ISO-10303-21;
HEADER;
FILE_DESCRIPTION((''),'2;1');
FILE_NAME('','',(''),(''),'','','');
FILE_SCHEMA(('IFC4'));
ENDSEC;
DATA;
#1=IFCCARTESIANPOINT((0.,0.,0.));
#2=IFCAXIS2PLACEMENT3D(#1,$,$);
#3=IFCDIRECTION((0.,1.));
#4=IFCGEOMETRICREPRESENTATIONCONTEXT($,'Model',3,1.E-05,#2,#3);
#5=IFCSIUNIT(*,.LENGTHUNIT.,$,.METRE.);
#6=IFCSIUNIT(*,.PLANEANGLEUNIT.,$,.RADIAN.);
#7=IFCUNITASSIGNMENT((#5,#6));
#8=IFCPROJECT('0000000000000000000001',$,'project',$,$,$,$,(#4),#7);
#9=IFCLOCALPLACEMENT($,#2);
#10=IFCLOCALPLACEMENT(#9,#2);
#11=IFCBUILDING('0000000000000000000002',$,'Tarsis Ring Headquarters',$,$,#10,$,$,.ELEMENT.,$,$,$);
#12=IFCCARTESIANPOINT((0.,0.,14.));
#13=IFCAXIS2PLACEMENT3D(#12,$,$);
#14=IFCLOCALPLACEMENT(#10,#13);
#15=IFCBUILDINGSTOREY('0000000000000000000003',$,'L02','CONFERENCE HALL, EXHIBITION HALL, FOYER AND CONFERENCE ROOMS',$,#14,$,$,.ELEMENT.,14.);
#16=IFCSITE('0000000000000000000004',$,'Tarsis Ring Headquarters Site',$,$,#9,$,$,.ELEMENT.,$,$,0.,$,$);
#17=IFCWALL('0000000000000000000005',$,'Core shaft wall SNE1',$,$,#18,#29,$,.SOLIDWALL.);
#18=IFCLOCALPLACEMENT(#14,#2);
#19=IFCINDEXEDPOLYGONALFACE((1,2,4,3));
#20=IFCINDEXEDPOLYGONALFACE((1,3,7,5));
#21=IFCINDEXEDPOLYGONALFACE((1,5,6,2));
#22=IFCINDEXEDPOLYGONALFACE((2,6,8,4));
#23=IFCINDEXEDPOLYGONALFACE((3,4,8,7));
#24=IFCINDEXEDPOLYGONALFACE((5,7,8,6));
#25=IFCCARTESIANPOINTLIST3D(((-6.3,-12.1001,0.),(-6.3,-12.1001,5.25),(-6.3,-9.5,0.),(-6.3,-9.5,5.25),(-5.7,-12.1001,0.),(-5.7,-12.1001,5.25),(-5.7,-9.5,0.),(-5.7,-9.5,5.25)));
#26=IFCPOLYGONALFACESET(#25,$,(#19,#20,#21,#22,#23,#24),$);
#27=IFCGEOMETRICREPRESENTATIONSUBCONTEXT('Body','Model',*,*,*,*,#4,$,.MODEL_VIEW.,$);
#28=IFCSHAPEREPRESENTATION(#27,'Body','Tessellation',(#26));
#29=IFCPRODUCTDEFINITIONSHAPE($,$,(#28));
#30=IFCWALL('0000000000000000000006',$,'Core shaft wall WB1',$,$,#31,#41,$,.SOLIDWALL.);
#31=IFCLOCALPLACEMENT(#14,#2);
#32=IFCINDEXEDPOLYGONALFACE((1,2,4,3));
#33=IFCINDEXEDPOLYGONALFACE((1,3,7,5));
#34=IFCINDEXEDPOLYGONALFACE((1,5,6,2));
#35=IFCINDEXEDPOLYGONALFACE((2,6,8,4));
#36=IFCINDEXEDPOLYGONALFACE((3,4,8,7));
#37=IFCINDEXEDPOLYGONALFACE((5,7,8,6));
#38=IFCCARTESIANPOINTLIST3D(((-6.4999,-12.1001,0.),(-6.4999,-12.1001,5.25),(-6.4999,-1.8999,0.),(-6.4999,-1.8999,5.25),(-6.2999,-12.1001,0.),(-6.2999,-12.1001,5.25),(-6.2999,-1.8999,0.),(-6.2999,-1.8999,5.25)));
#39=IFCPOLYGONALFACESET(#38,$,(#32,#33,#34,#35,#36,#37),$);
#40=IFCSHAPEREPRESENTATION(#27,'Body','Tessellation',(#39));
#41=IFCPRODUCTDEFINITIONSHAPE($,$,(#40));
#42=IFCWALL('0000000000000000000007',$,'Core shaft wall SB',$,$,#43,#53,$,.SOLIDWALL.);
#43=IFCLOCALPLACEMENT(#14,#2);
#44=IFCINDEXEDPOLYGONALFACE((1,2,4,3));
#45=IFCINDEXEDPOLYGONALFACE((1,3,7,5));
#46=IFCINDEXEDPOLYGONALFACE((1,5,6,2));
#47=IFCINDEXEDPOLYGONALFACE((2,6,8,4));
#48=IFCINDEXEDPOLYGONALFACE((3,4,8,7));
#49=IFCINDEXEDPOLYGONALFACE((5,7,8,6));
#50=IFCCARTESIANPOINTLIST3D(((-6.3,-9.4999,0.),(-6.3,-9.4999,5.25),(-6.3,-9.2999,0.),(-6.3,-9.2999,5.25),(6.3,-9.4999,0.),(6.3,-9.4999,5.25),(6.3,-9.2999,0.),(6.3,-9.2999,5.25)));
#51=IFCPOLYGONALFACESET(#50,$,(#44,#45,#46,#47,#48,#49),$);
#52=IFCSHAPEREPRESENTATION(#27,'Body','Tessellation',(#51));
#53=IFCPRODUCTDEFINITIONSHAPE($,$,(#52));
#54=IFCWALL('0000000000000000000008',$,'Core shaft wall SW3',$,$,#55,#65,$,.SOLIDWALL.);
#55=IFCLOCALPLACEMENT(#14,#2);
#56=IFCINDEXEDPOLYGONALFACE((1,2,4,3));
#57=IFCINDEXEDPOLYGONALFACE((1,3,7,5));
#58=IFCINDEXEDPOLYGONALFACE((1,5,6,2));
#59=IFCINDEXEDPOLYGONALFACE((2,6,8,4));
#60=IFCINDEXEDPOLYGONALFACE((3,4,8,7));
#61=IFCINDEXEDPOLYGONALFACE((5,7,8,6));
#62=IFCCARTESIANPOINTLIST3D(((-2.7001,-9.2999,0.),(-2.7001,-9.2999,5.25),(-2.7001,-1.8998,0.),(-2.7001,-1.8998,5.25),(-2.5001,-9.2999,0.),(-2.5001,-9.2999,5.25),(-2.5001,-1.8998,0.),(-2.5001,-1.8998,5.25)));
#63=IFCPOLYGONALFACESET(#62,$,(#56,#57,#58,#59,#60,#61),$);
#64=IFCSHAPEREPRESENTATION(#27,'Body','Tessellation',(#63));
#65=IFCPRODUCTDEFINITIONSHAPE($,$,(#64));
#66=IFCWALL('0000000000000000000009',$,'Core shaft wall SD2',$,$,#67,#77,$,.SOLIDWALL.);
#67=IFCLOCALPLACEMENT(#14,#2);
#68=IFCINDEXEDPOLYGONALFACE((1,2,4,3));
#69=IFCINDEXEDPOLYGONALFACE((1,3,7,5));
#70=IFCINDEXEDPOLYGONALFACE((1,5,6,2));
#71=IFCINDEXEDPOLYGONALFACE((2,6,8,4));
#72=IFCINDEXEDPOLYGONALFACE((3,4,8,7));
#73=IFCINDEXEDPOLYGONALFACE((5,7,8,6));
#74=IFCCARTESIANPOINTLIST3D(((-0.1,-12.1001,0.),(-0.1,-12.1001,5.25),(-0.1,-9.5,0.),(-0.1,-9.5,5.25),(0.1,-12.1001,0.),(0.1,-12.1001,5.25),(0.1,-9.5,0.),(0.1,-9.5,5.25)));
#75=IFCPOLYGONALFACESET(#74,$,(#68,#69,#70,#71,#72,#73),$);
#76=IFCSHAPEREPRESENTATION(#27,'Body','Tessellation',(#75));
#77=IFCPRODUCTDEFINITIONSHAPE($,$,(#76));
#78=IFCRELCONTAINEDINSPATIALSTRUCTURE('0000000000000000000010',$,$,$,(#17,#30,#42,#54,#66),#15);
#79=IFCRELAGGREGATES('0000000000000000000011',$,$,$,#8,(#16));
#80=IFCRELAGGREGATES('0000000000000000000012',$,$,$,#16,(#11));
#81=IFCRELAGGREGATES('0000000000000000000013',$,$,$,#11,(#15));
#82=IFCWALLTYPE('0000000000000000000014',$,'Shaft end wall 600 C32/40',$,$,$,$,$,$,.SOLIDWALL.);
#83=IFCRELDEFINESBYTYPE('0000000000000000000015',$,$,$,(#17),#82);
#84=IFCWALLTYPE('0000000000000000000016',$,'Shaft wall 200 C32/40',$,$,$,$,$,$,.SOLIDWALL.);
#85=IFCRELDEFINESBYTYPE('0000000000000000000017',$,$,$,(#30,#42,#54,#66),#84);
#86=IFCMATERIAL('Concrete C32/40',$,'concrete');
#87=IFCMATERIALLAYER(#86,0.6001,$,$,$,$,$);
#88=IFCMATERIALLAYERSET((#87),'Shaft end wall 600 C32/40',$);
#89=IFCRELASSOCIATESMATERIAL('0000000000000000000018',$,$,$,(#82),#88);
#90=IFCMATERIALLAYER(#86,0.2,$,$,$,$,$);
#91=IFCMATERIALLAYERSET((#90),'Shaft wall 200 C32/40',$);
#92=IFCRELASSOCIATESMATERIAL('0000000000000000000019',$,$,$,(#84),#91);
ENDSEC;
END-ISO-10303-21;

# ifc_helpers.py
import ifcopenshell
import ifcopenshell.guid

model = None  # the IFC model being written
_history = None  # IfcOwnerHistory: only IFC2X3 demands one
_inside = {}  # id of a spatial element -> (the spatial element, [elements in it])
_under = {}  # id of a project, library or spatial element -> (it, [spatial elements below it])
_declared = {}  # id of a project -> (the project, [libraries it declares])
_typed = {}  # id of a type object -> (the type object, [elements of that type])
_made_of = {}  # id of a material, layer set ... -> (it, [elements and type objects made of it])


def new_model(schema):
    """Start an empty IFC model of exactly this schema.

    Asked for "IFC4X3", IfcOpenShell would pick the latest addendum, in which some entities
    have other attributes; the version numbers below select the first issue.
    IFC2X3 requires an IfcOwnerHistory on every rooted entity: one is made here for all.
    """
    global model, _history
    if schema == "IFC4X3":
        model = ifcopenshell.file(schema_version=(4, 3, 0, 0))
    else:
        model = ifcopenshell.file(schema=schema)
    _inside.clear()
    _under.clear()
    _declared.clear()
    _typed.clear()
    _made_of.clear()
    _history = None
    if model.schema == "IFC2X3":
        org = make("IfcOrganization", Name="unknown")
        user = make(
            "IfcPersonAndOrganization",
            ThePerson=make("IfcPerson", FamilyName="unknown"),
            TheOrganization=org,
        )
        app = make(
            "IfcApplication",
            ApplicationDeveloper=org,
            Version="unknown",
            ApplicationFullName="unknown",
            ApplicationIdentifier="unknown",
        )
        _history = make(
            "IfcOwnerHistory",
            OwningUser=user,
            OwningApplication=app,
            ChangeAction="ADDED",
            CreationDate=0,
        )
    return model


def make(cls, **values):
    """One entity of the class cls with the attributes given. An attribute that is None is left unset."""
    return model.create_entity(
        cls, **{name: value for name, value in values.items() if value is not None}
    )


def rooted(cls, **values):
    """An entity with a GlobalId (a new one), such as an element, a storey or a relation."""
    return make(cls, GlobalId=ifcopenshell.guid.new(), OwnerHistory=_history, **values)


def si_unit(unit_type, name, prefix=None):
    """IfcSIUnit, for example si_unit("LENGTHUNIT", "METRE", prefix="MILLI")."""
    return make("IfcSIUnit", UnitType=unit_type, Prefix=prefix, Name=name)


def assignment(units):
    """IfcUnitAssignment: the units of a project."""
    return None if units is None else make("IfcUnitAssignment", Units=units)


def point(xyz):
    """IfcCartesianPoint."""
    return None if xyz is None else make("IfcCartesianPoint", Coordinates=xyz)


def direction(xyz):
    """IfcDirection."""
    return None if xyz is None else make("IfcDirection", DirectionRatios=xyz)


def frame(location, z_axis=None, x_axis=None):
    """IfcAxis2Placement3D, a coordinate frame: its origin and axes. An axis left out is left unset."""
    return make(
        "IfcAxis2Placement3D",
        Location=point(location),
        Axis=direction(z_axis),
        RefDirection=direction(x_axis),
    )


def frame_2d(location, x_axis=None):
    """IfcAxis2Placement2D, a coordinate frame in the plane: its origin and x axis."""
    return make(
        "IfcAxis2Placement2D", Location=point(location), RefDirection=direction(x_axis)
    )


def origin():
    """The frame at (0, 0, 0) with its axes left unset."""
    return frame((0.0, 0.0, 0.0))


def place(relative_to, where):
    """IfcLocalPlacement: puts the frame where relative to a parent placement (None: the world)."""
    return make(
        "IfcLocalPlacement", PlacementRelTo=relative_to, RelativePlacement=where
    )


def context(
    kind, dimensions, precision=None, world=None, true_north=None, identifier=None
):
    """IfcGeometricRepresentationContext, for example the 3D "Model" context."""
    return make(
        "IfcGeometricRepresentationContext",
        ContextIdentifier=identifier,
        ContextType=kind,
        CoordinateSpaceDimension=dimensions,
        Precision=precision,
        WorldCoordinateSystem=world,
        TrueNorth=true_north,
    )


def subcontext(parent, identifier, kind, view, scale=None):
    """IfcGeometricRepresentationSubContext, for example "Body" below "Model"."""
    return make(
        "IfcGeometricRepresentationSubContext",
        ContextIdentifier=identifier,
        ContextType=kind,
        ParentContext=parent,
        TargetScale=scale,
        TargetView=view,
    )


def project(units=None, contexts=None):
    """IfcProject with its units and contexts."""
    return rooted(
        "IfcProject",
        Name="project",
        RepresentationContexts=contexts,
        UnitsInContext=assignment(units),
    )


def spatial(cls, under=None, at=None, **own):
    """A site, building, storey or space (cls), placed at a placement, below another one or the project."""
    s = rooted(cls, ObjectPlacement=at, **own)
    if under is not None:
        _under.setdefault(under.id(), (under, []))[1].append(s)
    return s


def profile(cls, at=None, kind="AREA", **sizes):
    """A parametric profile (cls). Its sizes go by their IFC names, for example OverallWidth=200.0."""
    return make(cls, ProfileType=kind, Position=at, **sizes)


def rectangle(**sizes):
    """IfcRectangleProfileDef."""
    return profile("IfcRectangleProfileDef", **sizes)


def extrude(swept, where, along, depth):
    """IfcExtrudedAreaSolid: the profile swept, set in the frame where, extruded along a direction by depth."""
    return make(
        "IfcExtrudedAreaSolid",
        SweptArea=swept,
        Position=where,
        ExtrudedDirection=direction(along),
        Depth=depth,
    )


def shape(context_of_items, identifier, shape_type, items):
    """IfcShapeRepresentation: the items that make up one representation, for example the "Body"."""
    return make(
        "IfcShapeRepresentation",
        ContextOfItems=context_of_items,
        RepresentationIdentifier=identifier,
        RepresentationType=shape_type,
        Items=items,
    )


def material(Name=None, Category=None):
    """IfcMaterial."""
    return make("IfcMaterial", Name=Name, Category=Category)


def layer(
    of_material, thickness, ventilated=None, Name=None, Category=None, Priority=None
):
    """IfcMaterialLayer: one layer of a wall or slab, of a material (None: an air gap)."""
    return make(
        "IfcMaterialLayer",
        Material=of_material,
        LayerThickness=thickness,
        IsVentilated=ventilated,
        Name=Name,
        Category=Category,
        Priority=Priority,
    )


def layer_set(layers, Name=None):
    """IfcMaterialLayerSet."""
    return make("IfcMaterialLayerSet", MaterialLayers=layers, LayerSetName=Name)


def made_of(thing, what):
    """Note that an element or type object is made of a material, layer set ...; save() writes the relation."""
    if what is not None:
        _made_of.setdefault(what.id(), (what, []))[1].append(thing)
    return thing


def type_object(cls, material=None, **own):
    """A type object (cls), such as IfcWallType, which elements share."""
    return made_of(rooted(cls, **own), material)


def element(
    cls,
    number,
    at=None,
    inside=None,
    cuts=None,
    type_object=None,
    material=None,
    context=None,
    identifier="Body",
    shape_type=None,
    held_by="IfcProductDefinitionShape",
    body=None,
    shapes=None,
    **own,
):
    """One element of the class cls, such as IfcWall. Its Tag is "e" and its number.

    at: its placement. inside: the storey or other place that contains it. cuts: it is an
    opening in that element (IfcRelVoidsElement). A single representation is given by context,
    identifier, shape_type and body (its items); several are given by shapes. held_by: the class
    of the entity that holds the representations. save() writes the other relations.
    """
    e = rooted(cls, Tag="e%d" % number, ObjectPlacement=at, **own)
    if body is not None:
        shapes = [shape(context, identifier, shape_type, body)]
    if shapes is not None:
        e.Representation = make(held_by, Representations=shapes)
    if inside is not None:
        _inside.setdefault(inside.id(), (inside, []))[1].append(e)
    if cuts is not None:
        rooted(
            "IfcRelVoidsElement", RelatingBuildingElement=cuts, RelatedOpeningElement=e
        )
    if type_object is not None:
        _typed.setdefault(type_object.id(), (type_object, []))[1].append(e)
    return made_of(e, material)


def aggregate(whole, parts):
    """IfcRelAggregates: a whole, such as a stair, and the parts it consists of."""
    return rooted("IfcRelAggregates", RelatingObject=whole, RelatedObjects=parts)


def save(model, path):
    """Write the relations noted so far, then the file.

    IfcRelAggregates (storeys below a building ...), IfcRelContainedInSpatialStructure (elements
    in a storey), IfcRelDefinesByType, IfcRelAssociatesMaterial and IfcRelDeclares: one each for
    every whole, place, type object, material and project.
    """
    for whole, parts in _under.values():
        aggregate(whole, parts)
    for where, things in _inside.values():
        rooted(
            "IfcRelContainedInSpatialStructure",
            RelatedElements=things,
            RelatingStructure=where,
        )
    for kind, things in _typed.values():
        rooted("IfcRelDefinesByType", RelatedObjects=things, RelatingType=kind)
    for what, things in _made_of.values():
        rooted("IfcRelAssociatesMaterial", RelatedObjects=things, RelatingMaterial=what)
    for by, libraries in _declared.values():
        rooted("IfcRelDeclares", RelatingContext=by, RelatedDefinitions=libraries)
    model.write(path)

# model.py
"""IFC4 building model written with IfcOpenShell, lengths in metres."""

from ifc_helpers import new_model, si_unit, direction, frame, frame_2d, origin, place, context, subcontext, project, spatial, rectangle, extrude, material, layer, layer_set, type_object, element, save


model = new_model("IFC4")

# Units and contexts
model_context = context("Model", 3, precision=1e-05, world=origin(), true_north=direction((0.0, 1.0)))
body_context = subcontext(model_context, "Body", "Model", "MODEL_VIEW")
ifc_project = project(units=[si_unit("LENGTHUNIT", "METRE"), si_unit("PLANEANGLEUNIT", "RADIAN")], contexts=[model_context])

# Site, building, storey
site_placement = place(None, origin())
site = spatial("IfcSite", under=ifc_project, at=site_placement, Name="Tarsis Ring Headquarters Site", CompositionType="ELEMENT", RefElevation=0.0)
building_placement = place(site_placement, origin())
building = spatial("IfcBuilding", under=site, at=building_placement, Name="Tarsis Ring Headquarters", CompositionType="ELEMENT")
storey_placement = place(building_placement, frame((0.0, 0.0, 14.0)))
storey = spatial("IfcBuildingStorey", under=building, at=storey_placement, Name="L02", Description="CONFERENCE HALL, EXHIBITION HALL, FOYER AND CONFERENCE ROOMS", CompositionType="ELEMENT", Elevation=14.0)

# Walls
ifc_material_1 = material(Name="Concrete C32/40", Category="concrete")
ifc_layer_1 = layer(ifc_material_1, 0.6001)
ifc_layer_set_1 = layer_set([ifc_layer_1], Name="Shaft end wall 600 C32/40")
wall_type_1 = type_object("IfcWallType", Name="Shaft end wall 600 C32/40", PredefinedType="SOLIDWALL", material=ifc_layer_set_1)
wall_1_placement = place(storey_placement, frame((-6.0, -12.1001, 0.0), z_axis=(0.0, 0.0, 1.0), x_axis=(0.0, 1.0, 0.0)))
element("IfcWall", 1, at=wall_1_placement, inside=storey, type_object=wall_type_1, Name="Core shaft wall SNE1", PredefinedType="SOLIDWALL", context=body_context, shape_type="SweptSolid", body=[
    extrude(rectangle(XDim=2.6001, YDim=0.6001, at=frame_2d((1.3, 0.0))), origin(), (0.0, 0.0, 1.0), 5.25),
])
ifc_layer_2 = layer(ifc_material_1, 0.2)
ifc_layer_set_2 = layer_set([ifc_layer_2], Name="Shaft wall 200 C32/40")
wall_type_2 = type_object("IfcWallType", Name="Shaft wall 200 C32/40", PredefinedType="SOLIDWALL", material=ifc_layer_set_2)
wall_2_placement = place(storey_placement, frame((-6.3999, -12.1001, 0.0), z_axis=(0.0, 0.0, 1.0), x_axis=(0.0, 1.0, 0.0)))
element("IfcWall", 2, at=wall_2_placement, inside=storey, type_object=wall_type_2, Name="Core shaft wall WB1", PredefinedType="SOLIDWALL", context=body_context, shape_type="SweptSolid", body=[
    extrude(rectangle(XDim=10.2002, YDim=0.2, at=frame_2d((5.1001, 0.0))), origin(), (0.0, 0.0, 1.0), 5.25),
])
wall_3_placement = place(storey_placement, frame((-6.3, -9.3999, 0.0), z_axis=(0.0, 0.0, 1.0), x_axis=(1.0, 0.0, 0.0)))
element("IfcWall", 3, at=wall_3_placement, inside=storey, type_object=wall_type_2, Name="Core shaft wall SB", PredefinedType="SOLIDWALL", context=body_context, shape_type="SweptSolid", body=[
    extrude(rectangle(XDim=12.6001, YDim=0.2, at=frame_2d((6.3, 0.0))), origin(), (0.0, 0.0, 1.0), 5.25),
])
wall_4_placement = place(storey_placement, frame((-2.6001, -9.3, 0.0), z_axis=(0.0, 0.0, 1.0), x_axis=(0.0, 1.0, 0.0)))
element("IfcWall", 4, at=wall_4_placement, inside=storey, type_object=wall_type_2, Name="Core shaft wall SW3", PredefinedType="SOLIDWALL", context=body_context, shape_type="SweptSolid", body=[
    extrude(rectangle(XDim=7.4001, YDim=0.2, at=frame_2d((3.7002, 0.0))), origin(), (0.0, 0.0, 1.0), 5.25),
])
wall_5_placement = place(storey_placement, frame((0.0, -12.1001, 0.0), z_axis=(0.0, 0.0, 1.0), x_axis=(0.0, 1.0, 0.0)))
element("IfcWall", 5, at=wall_5_placement, inside=storey, type_object=wall_type_2, Name="Core shaft wall SD2", PredefinedType="SOLIDWALL", context=body_context, shape_type="SweptSolid", body=[
    extrude(rectangle(XDim=2.6001, YDim=0.2, at=frame_2d((1.3, 0.0))), origin(), (0.0, 0.0, 1.0), 5.25),
])

save(model, "model.ifc")
